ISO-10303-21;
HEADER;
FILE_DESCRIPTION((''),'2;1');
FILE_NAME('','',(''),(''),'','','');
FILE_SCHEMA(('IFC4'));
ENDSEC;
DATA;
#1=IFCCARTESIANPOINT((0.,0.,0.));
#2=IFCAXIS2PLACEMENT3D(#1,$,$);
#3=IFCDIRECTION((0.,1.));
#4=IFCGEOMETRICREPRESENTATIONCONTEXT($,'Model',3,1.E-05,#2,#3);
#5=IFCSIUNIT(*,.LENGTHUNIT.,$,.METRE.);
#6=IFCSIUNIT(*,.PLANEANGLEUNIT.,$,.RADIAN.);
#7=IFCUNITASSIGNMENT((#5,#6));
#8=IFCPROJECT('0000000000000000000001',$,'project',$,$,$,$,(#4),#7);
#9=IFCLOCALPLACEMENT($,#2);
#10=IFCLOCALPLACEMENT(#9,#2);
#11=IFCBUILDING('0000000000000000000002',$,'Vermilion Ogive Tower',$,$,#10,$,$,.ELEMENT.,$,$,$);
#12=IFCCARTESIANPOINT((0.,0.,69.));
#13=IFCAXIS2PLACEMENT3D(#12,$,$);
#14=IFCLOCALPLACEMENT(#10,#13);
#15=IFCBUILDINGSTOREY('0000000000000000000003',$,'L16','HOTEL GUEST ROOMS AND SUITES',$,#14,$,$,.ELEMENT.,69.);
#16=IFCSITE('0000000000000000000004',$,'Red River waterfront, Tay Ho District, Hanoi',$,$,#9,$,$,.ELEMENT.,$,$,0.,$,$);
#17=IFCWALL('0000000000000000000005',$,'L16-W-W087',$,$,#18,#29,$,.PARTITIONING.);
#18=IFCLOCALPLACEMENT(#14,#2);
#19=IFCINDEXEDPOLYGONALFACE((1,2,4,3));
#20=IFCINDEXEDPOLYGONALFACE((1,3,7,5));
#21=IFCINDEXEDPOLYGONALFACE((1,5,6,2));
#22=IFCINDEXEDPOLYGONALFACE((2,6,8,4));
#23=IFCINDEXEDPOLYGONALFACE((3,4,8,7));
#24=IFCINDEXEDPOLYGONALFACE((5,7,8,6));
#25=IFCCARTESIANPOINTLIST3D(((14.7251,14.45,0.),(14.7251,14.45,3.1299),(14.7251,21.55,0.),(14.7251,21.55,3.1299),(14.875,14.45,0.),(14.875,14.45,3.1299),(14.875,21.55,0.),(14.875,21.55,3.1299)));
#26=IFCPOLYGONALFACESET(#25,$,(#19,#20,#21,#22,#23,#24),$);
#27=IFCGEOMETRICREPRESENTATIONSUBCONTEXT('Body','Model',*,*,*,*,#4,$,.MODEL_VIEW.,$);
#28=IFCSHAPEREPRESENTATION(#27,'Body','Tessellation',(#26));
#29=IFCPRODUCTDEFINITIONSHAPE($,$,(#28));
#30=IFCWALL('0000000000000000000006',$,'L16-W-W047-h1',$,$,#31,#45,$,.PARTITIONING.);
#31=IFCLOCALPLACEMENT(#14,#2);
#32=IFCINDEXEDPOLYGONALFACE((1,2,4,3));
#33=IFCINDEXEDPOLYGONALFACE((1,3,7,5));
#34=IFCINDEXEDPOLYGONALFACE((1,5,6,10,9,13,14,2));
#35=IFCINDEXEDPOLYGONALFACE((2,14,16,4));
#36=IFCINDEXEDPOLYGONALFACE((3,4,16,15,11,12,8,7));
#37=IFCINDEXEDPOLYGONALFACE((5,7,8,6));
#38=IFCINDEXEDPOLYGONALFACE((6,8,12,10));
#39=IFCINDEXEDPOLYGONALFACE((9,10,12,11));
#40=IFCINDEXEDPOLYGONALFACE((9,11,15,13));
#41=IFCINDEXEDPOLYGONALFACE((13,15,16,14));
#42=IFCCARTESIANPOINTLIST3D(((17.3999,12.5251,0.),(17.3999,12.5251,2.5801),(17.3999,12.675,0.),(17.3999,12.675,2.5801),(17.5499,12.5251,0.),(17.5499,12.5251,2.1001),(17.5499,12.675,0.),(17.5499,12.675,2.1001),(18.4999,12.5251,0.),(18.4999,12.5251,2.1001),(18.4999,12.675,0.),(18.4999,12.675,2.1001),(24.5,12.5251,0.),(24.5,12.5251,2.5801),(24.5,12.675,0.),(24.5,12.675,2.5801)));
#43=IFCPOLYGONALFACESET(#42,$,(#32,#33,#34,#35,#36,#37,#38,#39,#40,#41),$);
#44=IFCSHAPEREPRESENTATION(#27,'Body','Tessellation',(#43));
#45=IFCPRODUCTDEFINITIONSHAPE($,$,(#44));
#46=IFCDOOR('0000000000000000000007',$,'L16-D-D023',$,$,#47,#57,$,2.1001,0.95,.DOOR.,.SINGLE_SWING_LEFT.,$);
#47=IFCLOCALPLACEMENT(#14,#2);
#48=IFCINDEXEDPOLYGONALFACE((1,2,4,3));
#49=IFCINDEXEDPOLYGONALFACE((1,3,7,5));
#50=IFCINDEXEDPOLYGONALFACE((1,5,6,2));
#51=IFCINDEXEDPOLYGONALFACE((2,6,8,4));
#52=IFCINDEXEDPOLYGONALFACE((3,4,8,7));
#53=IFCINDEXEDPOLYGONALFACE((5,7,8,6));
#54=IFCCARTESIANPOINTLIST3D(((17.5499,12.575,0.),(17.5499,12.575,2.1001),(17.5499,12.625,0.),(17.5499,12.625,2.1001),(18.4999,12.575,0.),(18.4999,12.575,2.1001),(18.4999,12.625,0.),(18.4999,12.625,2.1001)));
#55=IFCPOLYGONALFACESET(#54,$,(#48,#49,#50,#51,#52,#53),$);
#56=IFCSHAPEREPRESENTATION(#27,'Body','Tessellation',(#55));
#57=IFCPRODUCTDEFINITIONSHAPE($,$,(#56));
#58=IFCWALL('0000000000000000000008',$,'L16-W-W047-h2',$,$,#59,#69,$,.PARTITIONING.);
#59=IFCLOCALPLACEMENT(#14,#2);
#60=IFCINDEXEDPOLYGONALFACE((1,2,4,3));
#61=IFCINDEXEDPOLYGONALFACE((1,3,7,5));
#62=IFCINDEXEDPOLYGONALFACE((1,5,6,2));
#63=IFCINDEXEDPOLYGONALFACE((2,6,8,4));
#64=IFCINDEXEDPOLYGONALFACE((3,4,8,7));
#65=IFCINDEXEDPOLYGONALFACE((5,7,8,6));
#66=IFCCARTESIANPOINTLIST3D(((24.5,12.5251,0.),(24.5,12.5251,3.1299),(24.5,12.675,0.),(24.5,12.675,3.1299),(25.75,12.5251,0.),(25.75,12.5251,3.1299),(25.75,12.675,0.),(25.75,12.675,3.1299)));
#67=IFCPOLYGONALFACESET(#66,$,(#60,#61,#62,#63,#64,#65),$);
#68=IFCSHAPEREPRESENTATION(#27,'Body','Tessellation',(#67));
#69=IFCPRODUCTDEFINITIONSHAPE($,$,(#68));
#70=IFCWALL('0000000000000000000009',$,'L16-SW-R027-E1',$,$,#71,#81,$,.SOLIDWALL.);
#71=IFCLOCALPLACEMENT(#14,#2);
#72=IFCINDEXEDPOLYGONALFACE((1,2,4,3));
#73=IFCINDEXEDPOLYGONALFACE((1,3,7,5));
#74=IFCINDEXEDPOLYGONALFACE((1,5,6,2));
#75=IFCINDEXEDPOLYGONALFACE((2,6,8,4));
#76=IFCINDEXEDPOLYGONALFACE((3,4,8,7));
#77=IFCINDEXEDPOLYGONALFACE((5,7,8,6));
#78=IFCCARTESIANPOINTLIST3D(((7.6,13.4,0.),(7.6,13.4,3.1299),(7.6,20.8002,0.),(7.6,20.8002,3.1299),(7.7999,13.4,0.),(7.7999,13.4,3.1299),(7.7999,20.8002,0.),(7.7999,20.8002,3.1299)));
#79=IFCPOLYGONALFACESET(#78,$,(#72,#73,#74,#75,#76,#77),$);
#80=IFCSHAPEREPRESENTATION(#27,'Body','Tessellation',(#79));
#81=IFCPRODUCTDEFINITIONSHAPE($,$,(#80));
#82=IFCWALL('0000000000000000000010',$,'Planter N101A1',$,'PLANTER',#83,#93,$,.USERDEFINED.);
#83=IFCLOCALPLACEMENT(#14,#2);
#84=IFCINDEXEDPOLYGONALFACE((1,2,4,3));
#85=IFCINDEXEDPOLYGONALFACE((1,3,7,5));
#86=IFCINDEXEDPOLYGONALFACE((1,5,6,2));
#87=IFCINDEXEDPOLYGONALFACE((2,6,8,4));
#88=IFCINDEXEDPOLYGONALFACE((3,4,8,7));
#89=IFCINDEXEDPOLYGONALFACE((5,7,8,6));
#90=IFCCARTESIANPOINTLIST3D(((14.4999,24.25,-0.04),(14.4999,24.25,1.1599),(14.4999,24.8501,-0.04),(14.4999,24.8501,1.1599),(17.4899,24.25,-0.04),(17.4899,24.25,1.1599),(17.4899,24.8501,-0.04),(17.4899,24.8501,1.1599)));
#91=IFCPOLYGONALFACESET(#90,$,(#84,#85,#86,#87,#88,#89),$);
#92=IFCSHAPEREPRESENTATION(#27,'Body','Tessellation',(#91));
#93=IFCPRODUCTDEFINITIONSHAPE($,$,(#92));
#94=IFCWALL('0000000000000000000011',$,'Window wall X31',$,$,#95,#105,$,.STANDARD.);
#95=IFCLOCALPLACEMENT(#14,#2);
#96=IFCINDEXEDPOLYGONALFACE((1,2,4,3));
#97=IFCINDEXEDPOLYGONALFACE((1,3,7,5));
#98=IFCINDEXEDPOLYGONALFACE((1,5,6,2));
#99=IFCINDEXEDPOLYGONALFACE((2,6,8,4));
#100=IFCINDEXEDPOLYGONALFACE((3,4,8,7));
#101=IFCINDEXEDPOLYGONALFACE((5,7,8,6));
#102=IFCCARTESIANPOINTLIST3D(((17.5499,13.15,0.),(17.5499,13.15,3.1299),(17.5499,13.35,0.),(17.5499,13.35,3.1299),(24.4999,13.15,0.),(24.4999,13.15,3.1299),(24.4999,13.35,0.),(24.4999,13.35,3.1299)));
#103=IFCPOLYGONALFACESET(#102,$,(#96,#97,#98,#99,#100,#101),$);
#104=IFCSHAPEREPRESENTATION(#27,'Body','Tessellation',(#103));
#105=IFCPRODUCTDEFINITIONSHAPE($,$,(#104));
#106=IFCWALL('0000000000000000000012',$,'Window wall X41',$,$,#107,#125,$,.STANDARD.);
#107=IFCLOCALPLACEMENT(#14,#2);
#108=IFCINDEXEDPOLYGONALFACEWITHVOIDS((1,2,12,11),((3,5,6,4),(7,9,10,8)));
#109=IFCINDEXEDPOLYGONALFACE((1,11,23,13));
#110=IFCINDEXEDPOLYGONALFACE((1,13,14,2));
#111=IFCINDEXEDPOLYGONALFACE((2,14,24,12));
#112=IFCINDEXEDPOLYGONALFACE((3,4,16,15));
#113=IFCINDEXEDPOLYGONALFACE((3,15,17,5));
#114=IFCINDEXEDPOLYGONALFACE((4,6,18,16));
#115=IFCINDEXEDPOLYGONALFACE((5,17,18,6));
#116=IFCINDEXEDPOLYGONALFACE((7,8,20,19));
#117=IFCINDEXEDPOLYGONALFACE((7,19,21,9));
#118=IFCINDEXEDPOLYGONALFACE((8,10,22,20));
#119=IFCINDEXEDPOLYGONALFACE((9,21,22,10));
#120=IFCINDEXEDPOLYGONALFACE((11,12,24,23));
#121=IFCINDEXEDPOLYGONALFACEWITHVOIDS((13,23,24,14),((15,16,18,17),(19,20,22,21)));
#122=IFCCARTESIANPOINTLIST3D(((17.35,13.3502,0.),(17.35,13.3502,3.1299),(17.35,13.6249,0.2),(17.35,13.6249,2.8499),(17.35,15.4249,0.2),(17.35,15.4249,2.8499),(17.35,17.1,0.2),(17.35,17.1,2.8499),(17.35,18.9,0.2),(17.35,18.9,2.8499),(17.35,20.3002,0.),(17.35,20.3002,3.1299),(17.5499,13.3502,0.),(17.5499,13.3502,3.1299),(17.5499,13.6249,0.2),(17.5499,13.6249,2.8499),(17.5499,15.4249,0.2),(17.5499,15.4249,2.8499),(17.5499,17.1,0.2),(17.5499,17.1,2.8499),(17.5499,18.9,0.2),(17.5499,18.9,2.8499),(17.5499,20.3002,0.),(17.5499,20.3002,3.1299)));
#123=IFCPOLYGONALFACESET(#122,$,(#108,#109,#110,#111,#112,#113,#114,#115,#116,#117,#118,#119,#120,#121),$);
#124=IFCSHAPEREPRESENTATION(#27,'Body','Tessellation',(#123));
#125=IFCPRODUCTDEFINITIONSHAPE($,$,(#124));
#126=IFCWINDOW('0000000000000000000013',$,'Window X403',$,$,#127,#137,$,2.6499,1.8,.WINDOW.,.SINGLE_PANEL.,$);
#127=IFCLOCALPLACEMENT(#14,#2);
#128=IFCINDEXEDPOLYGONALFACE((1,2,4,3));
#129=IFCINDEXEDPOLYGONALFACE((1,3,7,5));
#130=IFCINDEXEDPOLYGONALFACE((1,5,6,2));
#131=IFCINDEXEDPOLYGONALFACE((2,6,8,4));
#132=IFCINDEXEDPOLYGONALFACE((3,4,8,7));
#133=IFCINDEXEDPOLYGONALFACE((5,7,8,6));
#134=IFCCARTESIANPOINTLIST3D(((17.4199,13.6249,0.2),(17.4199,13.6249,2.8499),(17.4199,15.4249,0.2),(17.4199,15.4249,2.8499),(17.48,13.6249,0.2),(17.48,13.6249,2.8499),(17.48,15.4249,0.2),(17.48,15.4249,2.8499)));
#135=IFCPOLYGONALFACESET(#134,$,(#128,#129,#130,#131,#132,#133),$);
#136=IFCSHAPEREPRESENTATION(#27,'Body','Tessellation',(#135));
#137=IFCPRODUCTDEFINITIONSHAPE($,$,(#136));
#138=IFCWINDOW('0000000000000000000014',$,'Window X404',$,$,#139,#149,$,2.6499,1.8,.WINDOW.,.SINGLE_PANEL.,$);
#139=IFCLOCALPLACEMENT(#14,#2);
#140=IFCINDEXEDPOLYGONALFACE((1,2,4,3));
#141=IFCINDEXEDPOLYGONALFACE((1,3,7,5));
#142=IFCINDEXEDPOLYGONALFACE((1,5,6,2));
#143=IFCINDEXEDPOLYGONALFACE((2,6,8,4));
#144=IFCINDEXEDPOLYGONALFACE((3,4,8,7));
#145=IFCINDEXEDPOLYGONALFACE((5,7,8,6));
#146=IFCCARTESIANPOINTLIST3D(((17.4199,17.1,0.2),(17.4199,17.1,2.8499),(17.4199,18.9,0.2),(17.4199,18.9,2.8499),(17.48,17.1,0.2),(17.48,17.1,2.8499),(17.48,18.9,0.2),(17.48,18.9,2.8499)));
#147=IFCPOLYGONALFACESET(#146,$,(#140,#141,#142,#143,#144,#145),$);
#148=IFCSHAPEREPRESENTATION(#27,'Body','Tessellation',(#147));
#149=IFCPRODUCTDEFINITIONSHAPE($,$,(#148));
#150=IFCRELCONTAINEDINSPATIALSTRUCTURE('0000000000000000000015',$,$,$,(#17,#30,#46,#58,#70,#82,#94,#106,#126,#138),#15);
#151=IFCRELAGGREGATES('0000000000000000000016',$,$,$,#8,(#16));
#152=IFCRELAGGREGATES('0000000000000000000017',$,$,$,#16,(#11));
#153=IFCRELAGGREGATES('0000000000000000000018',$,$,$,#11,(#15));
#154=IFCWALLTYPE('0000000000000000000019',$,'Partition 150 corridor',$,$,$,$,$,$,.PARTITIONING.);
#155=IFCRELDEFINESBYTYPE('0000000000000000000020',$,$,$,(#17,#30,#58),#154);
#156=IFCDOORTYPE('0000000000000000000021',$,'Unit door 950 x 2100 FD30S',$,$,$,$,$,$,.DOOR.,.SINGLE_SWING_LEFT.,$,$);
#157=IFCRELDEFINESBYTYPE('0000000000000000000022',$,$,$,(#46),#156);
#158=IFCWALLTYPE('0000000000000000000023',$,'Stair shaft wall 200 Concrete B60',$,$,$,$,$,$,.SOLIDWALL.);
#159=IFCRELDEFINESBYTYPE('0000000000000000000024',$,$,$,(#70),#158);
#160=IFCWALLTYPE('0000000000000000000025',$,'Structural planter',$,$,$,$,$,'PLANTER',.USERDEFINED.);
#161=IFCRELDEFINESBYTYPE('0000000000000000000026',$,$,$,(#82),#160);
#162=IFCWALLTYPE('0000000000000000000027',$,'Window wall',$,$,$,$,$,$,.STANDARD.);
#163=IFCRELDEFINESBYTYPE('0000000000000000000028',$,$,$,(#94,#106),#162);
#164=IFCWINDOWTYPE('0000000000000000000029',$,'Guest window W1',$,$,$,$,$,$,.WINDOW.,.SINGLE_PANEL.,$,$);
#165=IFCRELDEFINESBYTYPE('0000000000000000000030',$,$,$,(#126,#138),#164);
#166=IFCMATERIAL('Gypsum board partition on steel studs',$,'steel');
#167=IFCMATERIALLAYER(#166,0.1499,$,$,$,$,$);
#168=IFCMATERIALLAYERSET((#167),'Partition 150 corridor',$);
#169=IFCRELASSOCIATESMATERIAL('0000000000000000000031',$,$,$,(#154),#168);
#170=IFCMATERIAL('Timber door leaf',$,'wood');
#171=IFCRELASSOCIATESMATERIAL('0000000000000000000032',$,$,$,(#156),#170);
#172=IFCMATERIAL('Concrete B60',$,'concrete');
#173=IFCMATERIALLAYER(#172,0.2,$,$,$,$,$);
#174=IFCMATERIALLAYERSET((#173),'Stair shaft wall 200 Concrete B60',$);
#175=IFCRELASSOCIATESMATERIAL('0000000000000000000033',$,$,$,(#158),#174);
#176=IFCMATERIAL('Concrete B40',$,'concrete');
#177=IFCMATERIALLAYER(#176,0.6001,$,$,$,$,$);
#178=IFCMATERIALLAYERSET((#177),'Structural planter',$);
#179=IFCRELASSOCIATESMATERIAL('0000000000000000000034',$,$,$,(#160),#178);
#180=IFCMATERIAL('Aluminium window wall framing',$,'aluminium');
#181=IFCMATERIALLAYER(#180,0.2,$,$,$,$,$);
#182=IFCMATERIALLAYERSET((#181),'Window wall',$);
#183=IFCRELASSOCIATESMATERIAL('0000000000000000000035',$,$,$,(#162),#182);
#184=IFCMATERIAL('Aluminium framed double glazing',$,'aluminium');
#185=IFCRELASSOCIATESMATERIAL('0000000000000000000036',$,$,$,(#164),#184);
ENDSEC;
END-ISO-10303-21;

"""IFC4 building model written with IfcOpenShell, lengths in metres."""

from ifc_helpers import new_model, si_unit, direction, frame, frame_2d, origin, place, context, subcontext, project, spatial, rectangle, extrude, material, layer, layer_set, type_object, element, fill, save


model = new_model("IFC4")

# Units and contexts
model_context = context("Model", 3, precision=1e-05, world=origin(), true_north=direction((0.0, 1.0)))
body_context = subcontext(model_context, "Body", "Model", "MODEL_VIEW")
ifc_project = project(units=[si_unit("LENGTHUNIT", "METRE"), si_unit("PLANEANGLEUNIT", "RADIAN")], contexts=[model_context])

# Site, building, storey
site_placement = place(None, origin())
site = spatial("IfcSite", under=ifc_project, at=site_placement, Name="Red River waterfront, Tay Ho District, Hanoi", CompositionType="ELEMENT", RefElevation=0.0)
building_placement = place(site_placement, origin())
building = spatial("IfcBuilding", under=site, at=building_placement, Name="Vermilion Ogive Tower", CompositionType="ELEMENT")
storey_placement = place(building_placement, frame((0.0, 0.0, 69.0)))
storey = spatial("IfcBuildingStorey", under=building, at=storey_placement, Name="L16", Description="HOTEL GUEST ROOMS AND SUITES", CompositionType="ELEMENT", Elevation=69.0)

# Wall
ifc_material_1 = material(Name="Gypsum board partition on steel studs", Category="steel")
ifc_layer_1 = layer(ifc_material_1, 0.1499)
ifc_layer_set_1 = layer_set([ifc_layer_1], Name="Partition 150 corridor")
wall_type_1 = type_object("IfcWallType", Name="Partition 150 corridor", PredefinedType="PARTITIONING", material=ifc_layer_set_1)
wall_1_placement = place(storey_placement, frame((14.8, 14.45, 0.0), z_axis=(0.0, 0.0, 1.0), x_axis=(0.0, 1.0, 0.0)))
element("IfcWall", 1, at=wall_1_placement, inside=storey, type_object=wall_type_1, Name="L16-W-W087", PredefinedType="PARTITIONING", context=body_context, shape_type="SweptSolid", body=[
    extrude(rectangle(XDim=7.1001, YDim=0.1499, at=frame_2d((3.55, 0.0))), origin(), (0.0, 0.0, 1.0), 3.1299),
])

# Wall, opening, door
wall_2_placement = place(storey_placement, frame((17.3999, 12.6001, 0.0), z_axis=(0.0, 0.0, 1.0), x_axis=(1.0, 0.0, 0.0)))
wall_2 = element("IfcWall", 2, at=wall_2_placement, inside=storey, type_object=wall_type_1, Name="L16-W-W047-h1", PredefinedType="PARTITIONING", context=body_context, shape_type="SweptSolid", body=[
    extrude(rectangle(XDim=7.1001, YDim=0.1499, at=frame_2d((3.55, 0.0))), origin(), (0.0, 0.0, 1.0), 2.5801),
])
opening_1_placement = place(wall_2_placement, frame((0.1499, 0.0, 0.0)))
opening_1 = element("IfcOpeningElement", 3, at=opening_1_placement, cuts=wall_2, PredefinedType="OPENING", context=body_context, shape_type="SweptSolid", body=[
    extrude(rectangle(XDim=0.95, YDim=2.1001, at=frame_2d((0.4751, 1.05))), frame((0.0, 0.085, 0.0), z_axis=(0.0, -1.0, 0.0), x_axis=(1.0, 0.0, 0.0)), (0.0, 0.0, 1.0), 0.1699),
])
ifc_material_2 = material(Name="Timber door leaf", Category="wood")
door_type_1 = type_object("IfcDoorType", Name="Unit door 950 x 2100 FD30S", OperationType="SINGLE_SWING_LEFT", PredefinedType="DOOR", material=ifc_material_2)
door_1_placement = place(opening_1_placement, origin())
door_1 = element("IfcDoor", 4, at=door_1_placement, inside=storey, type_object=door_type_1, Name="L16-D-D023", OperationType="SINGLE_SWING_LEFT", OverallHeight=2.1001, OverallWidth=0.95, PredefinedType="DOOR", context=body_context, shape_type="SweptSolid", body=[
    extrude(rectangle(XDim=0.95, YDim=2.1001, at=frame_2d((0.4751, 1.05))), frame((0.0, 0.0249, 0.0), z_axis=(0.0, -1.0, 0.0), x_axis=(1.0, 0.0, 0.0)), (0.0, 0.0, 1.0), 0.05),
])
fill(opening_1, door_1)

# Walls
wall_3_placement = place(storey_placement, frame((24.5, 12.6001, 0.0), z_axis=(0.0, 0.0, 1.0), x_axis=(1.0, 0.0, 0.0)))
element("IfcWall", 5, at=wall_3_placement, inside=storey, type_object=wall_type_1, Name="L16-W-W047-h2", PredefinedType="PARTITIONING", context=body_context, shape_type="SweptSolid", body=[
    extrude(rectangle(XDim=1.25, YDim=0.1499, at=frame_2d((0.625, 0.0))), origin(), (0.0, 0.0, 1.0), 3.1299),
])
ifc_material_3 = material(Name="Concrete B60", Category="concrete")
ifc_layer_2 = layer(ifc_material_3, 0.2)
ifc_layer_set_2 = layer_set([ifc_layer_2], Name="Stair shaft wall 200 Concrete B60")
wall_type_2 = type_object("IfcWallType", Name="Stair shaft wall 200 Concrete B60", PredefinedType="SOLIDWALL", material=ifc_layer_set_2)
wall_4_placement = place(storey_placement, frame((7.7, 13.3999, 0.0), z_axis=(0.0, 0.0, 1.0), x_axis=(0.0, 1.0, 0.0)))
element("IfcWall", 6, at=wall_4_placement, inside=storey, type_object=wall_type_2, Name="L16-SW-R027-E1", PredefinedType="SOLIDWALL", context=body_context, shape_type="SweptSolid", body=[
    extrude(rectangle(XDim=7.4001, YDim=0.2, at=frame_2d((3.7002, 0.0))), origin(), (0.0, 0.0, 1.0), 3.1299),
])
ifc_material_4 = material(Name="Concrete B40", Category="concrete")
ifc_layer_3 = layer(ifc_material_4, 0.6001)
ifc_layer_set_3 = layer_set([ifc_layer_3], Name="Structural planter")
wall_type_3 = type_object("IfcWallType", Name="Structural planter", ElementType="PLANTER", PredefinedType="USERDEFINED", material=ifc_layer_set_3)
wall_5_placement = place(storey_placement, frame((17.49, 24.55, -0.04), z_axis=(0.0, 0.0, 1.0), x_axis=(-1.0, 0.0, 0.0)))
element("IfcWall", 7, at=wall_5_placement, inside=storey, type_object=wall_type_3, Name="Planter N101A1", ObjectType="PLANTER", PredefinedType="USERDEFINED", context=body_context, shape_type="SweptSolid", body=[
    extrude(rectangle(XDim=2.99, YDim=0.6001, at=frame_2d((1.4951, 0.0))), origin(), (0.0, 0.0, 1.0), 1.2),
])
ifc_material_5 = material(Name="Aluminium window wall framing", Category="aluminium")
ifc_layer_4 = layer(ifc_material_5, 0.2)
ifc_layer_set_4 = layer_set([ifc_layer_4], Name="Window wall")
wall_type_4 = type_object("IfcWallType", Name="Window wall", PredefinedType="STANDARD", material=ifc_layer_set_4)
wall_6_placement = place(storey_placement, frame((24.5, 13.25, 0.0), z_axis=(0.0, 0.0, 1.0), x_axis=(-1.0, 0.0, 0.0)))
element("IfcWall", 8, at=wall_6_placement, inside=storey, type_object=wall_type_4, Name="Window wall X31", PredefinedType="STANDARD", context=body_context, shape_type="SweptSolid", body=[
    extrude(rectangle(XDim=6.95, YDim=0.2, at=frame_2d((3.4751, 0.0))), origin(), (0.0, 0.0, 1.0), 3.1299),
])

# Wall, openings, windows
wall_7_placement = place(storey_placement, frame((17.45, 13.3501, 0.0), z_axis=(0.0, 0.0, 1.0), x_axis=(0.0, 1.0, 0.0)))
wall_7 = element("IfcWall", 9, at=wall_7_placement, inside=storey, type_object=wall_type_4, Name="Window wall X41", PredefinedType="STANDARD", context=body_context, shape_type="SweptSolid", body=[
    extrude(rectangle(XDim=6.95, YDim=0.2, at=frame_2d((3.4751, 0.0))), origin(), (0.0, 0.0, 1.0), 3.1299),
])
opening_2_placement = place(wall_7_placement, frame((0.2749, 0.0, 0.2)))
opening_2 = element("IfcOpeningElement", 10, at=opening_2_placement, cuts=wall_7, PredefinedType="OPENING", context=body_context, shape_type="SweptSolid", body=[
    extrude(rectangle(XDim=1.8, YDim=2.6499, at=frame_2d((0.8999, 1.325))), frame((0.0, 0.1099, 0.0), z_axis=(0.0, -1.0, 0.0), x_axis=(1.0, 0.0, 0.0)), (0.0, 0.0, 1.0), 0.22),
])
opening_3_placement = place(wall_7_placement, frame((3.75, 0.0, 0.2)))
opening_3 = element("IfcOpeningElement", 11, at=opening_3_placement, cuts=wall_7, PredefinedType="OPENING", context=body_context, shape_type="SweptSolid", body=[
    extrude(rectangle(XDim=1.8, YDim=2.6499, at=frame_2d((0.8999, 1.325))), frame((0.0, 0.1099, 0.0), z_axis=(0.0, -1.0, 0.0), x_axis=(1.0, 0.0, 0.0)), (0.0, 0.0, 1.0), 0.22),
])
ifc_material_6 = material(Name="Aluminium framed double glazing", Category="aluminium")
window_type = type_object("IfcWindowType", Name="Guest window W1", PartitioningType="SINGLE_PANEL", PredefinedType="WINDOW", material=ifc_material_6)
window_1_placement = place(opening_2_placement, origin())
window_1 = element("IfcWindow", 12, at=window_1_placement, inside=storey, type_object=window_type, Name="Window X403", OverallHeight=2.6499, OverallWidth=1.8, PartitioningType="SINGLE_PANEL", PredefinedType="WINDOW", context=body_context, shape_type="SweptSolid", body=[
    extrude(rectangle(XDim=1.8, YDim=2.6499, at=frame_2d((0.8999, 1.325))), frame((0.0, 0.03, 0.0), z_axis=(0.0, -1.0, 0.0), x_axis=(1.0, 0.0, 0.0)), (0.0, 0.0, 1.0), 0.0601),
])
fill(opening_2, window_1)
window_2_placement = place(opening_3_placement, origin())
window_2 = element("IfcWindow", 13, at=window_2_placement, inside=storey, type_object=window_type, Name="Window X404", OverallHeight=2.6499, OverallWidth=1.8, PartitioningType="SINGLE_PANEL", PredefinedType="WINDOW", context=body_context, shape_type="SweptSolid", body=[
    extrude(rectangle(XDim=1.8, YDim=2.6499, at=frame_2d((0.8999, 1.325))), frame((0.0, 0.03, 0.0), z_axis=(0.0, -1.0, 0.0), x_axis=(1.0, 0.0, 0.0)), (0.0, 0.0, 1.0), 0.0601),
])
fill(opening_3, window_2)

save(model, "model.ifc")
